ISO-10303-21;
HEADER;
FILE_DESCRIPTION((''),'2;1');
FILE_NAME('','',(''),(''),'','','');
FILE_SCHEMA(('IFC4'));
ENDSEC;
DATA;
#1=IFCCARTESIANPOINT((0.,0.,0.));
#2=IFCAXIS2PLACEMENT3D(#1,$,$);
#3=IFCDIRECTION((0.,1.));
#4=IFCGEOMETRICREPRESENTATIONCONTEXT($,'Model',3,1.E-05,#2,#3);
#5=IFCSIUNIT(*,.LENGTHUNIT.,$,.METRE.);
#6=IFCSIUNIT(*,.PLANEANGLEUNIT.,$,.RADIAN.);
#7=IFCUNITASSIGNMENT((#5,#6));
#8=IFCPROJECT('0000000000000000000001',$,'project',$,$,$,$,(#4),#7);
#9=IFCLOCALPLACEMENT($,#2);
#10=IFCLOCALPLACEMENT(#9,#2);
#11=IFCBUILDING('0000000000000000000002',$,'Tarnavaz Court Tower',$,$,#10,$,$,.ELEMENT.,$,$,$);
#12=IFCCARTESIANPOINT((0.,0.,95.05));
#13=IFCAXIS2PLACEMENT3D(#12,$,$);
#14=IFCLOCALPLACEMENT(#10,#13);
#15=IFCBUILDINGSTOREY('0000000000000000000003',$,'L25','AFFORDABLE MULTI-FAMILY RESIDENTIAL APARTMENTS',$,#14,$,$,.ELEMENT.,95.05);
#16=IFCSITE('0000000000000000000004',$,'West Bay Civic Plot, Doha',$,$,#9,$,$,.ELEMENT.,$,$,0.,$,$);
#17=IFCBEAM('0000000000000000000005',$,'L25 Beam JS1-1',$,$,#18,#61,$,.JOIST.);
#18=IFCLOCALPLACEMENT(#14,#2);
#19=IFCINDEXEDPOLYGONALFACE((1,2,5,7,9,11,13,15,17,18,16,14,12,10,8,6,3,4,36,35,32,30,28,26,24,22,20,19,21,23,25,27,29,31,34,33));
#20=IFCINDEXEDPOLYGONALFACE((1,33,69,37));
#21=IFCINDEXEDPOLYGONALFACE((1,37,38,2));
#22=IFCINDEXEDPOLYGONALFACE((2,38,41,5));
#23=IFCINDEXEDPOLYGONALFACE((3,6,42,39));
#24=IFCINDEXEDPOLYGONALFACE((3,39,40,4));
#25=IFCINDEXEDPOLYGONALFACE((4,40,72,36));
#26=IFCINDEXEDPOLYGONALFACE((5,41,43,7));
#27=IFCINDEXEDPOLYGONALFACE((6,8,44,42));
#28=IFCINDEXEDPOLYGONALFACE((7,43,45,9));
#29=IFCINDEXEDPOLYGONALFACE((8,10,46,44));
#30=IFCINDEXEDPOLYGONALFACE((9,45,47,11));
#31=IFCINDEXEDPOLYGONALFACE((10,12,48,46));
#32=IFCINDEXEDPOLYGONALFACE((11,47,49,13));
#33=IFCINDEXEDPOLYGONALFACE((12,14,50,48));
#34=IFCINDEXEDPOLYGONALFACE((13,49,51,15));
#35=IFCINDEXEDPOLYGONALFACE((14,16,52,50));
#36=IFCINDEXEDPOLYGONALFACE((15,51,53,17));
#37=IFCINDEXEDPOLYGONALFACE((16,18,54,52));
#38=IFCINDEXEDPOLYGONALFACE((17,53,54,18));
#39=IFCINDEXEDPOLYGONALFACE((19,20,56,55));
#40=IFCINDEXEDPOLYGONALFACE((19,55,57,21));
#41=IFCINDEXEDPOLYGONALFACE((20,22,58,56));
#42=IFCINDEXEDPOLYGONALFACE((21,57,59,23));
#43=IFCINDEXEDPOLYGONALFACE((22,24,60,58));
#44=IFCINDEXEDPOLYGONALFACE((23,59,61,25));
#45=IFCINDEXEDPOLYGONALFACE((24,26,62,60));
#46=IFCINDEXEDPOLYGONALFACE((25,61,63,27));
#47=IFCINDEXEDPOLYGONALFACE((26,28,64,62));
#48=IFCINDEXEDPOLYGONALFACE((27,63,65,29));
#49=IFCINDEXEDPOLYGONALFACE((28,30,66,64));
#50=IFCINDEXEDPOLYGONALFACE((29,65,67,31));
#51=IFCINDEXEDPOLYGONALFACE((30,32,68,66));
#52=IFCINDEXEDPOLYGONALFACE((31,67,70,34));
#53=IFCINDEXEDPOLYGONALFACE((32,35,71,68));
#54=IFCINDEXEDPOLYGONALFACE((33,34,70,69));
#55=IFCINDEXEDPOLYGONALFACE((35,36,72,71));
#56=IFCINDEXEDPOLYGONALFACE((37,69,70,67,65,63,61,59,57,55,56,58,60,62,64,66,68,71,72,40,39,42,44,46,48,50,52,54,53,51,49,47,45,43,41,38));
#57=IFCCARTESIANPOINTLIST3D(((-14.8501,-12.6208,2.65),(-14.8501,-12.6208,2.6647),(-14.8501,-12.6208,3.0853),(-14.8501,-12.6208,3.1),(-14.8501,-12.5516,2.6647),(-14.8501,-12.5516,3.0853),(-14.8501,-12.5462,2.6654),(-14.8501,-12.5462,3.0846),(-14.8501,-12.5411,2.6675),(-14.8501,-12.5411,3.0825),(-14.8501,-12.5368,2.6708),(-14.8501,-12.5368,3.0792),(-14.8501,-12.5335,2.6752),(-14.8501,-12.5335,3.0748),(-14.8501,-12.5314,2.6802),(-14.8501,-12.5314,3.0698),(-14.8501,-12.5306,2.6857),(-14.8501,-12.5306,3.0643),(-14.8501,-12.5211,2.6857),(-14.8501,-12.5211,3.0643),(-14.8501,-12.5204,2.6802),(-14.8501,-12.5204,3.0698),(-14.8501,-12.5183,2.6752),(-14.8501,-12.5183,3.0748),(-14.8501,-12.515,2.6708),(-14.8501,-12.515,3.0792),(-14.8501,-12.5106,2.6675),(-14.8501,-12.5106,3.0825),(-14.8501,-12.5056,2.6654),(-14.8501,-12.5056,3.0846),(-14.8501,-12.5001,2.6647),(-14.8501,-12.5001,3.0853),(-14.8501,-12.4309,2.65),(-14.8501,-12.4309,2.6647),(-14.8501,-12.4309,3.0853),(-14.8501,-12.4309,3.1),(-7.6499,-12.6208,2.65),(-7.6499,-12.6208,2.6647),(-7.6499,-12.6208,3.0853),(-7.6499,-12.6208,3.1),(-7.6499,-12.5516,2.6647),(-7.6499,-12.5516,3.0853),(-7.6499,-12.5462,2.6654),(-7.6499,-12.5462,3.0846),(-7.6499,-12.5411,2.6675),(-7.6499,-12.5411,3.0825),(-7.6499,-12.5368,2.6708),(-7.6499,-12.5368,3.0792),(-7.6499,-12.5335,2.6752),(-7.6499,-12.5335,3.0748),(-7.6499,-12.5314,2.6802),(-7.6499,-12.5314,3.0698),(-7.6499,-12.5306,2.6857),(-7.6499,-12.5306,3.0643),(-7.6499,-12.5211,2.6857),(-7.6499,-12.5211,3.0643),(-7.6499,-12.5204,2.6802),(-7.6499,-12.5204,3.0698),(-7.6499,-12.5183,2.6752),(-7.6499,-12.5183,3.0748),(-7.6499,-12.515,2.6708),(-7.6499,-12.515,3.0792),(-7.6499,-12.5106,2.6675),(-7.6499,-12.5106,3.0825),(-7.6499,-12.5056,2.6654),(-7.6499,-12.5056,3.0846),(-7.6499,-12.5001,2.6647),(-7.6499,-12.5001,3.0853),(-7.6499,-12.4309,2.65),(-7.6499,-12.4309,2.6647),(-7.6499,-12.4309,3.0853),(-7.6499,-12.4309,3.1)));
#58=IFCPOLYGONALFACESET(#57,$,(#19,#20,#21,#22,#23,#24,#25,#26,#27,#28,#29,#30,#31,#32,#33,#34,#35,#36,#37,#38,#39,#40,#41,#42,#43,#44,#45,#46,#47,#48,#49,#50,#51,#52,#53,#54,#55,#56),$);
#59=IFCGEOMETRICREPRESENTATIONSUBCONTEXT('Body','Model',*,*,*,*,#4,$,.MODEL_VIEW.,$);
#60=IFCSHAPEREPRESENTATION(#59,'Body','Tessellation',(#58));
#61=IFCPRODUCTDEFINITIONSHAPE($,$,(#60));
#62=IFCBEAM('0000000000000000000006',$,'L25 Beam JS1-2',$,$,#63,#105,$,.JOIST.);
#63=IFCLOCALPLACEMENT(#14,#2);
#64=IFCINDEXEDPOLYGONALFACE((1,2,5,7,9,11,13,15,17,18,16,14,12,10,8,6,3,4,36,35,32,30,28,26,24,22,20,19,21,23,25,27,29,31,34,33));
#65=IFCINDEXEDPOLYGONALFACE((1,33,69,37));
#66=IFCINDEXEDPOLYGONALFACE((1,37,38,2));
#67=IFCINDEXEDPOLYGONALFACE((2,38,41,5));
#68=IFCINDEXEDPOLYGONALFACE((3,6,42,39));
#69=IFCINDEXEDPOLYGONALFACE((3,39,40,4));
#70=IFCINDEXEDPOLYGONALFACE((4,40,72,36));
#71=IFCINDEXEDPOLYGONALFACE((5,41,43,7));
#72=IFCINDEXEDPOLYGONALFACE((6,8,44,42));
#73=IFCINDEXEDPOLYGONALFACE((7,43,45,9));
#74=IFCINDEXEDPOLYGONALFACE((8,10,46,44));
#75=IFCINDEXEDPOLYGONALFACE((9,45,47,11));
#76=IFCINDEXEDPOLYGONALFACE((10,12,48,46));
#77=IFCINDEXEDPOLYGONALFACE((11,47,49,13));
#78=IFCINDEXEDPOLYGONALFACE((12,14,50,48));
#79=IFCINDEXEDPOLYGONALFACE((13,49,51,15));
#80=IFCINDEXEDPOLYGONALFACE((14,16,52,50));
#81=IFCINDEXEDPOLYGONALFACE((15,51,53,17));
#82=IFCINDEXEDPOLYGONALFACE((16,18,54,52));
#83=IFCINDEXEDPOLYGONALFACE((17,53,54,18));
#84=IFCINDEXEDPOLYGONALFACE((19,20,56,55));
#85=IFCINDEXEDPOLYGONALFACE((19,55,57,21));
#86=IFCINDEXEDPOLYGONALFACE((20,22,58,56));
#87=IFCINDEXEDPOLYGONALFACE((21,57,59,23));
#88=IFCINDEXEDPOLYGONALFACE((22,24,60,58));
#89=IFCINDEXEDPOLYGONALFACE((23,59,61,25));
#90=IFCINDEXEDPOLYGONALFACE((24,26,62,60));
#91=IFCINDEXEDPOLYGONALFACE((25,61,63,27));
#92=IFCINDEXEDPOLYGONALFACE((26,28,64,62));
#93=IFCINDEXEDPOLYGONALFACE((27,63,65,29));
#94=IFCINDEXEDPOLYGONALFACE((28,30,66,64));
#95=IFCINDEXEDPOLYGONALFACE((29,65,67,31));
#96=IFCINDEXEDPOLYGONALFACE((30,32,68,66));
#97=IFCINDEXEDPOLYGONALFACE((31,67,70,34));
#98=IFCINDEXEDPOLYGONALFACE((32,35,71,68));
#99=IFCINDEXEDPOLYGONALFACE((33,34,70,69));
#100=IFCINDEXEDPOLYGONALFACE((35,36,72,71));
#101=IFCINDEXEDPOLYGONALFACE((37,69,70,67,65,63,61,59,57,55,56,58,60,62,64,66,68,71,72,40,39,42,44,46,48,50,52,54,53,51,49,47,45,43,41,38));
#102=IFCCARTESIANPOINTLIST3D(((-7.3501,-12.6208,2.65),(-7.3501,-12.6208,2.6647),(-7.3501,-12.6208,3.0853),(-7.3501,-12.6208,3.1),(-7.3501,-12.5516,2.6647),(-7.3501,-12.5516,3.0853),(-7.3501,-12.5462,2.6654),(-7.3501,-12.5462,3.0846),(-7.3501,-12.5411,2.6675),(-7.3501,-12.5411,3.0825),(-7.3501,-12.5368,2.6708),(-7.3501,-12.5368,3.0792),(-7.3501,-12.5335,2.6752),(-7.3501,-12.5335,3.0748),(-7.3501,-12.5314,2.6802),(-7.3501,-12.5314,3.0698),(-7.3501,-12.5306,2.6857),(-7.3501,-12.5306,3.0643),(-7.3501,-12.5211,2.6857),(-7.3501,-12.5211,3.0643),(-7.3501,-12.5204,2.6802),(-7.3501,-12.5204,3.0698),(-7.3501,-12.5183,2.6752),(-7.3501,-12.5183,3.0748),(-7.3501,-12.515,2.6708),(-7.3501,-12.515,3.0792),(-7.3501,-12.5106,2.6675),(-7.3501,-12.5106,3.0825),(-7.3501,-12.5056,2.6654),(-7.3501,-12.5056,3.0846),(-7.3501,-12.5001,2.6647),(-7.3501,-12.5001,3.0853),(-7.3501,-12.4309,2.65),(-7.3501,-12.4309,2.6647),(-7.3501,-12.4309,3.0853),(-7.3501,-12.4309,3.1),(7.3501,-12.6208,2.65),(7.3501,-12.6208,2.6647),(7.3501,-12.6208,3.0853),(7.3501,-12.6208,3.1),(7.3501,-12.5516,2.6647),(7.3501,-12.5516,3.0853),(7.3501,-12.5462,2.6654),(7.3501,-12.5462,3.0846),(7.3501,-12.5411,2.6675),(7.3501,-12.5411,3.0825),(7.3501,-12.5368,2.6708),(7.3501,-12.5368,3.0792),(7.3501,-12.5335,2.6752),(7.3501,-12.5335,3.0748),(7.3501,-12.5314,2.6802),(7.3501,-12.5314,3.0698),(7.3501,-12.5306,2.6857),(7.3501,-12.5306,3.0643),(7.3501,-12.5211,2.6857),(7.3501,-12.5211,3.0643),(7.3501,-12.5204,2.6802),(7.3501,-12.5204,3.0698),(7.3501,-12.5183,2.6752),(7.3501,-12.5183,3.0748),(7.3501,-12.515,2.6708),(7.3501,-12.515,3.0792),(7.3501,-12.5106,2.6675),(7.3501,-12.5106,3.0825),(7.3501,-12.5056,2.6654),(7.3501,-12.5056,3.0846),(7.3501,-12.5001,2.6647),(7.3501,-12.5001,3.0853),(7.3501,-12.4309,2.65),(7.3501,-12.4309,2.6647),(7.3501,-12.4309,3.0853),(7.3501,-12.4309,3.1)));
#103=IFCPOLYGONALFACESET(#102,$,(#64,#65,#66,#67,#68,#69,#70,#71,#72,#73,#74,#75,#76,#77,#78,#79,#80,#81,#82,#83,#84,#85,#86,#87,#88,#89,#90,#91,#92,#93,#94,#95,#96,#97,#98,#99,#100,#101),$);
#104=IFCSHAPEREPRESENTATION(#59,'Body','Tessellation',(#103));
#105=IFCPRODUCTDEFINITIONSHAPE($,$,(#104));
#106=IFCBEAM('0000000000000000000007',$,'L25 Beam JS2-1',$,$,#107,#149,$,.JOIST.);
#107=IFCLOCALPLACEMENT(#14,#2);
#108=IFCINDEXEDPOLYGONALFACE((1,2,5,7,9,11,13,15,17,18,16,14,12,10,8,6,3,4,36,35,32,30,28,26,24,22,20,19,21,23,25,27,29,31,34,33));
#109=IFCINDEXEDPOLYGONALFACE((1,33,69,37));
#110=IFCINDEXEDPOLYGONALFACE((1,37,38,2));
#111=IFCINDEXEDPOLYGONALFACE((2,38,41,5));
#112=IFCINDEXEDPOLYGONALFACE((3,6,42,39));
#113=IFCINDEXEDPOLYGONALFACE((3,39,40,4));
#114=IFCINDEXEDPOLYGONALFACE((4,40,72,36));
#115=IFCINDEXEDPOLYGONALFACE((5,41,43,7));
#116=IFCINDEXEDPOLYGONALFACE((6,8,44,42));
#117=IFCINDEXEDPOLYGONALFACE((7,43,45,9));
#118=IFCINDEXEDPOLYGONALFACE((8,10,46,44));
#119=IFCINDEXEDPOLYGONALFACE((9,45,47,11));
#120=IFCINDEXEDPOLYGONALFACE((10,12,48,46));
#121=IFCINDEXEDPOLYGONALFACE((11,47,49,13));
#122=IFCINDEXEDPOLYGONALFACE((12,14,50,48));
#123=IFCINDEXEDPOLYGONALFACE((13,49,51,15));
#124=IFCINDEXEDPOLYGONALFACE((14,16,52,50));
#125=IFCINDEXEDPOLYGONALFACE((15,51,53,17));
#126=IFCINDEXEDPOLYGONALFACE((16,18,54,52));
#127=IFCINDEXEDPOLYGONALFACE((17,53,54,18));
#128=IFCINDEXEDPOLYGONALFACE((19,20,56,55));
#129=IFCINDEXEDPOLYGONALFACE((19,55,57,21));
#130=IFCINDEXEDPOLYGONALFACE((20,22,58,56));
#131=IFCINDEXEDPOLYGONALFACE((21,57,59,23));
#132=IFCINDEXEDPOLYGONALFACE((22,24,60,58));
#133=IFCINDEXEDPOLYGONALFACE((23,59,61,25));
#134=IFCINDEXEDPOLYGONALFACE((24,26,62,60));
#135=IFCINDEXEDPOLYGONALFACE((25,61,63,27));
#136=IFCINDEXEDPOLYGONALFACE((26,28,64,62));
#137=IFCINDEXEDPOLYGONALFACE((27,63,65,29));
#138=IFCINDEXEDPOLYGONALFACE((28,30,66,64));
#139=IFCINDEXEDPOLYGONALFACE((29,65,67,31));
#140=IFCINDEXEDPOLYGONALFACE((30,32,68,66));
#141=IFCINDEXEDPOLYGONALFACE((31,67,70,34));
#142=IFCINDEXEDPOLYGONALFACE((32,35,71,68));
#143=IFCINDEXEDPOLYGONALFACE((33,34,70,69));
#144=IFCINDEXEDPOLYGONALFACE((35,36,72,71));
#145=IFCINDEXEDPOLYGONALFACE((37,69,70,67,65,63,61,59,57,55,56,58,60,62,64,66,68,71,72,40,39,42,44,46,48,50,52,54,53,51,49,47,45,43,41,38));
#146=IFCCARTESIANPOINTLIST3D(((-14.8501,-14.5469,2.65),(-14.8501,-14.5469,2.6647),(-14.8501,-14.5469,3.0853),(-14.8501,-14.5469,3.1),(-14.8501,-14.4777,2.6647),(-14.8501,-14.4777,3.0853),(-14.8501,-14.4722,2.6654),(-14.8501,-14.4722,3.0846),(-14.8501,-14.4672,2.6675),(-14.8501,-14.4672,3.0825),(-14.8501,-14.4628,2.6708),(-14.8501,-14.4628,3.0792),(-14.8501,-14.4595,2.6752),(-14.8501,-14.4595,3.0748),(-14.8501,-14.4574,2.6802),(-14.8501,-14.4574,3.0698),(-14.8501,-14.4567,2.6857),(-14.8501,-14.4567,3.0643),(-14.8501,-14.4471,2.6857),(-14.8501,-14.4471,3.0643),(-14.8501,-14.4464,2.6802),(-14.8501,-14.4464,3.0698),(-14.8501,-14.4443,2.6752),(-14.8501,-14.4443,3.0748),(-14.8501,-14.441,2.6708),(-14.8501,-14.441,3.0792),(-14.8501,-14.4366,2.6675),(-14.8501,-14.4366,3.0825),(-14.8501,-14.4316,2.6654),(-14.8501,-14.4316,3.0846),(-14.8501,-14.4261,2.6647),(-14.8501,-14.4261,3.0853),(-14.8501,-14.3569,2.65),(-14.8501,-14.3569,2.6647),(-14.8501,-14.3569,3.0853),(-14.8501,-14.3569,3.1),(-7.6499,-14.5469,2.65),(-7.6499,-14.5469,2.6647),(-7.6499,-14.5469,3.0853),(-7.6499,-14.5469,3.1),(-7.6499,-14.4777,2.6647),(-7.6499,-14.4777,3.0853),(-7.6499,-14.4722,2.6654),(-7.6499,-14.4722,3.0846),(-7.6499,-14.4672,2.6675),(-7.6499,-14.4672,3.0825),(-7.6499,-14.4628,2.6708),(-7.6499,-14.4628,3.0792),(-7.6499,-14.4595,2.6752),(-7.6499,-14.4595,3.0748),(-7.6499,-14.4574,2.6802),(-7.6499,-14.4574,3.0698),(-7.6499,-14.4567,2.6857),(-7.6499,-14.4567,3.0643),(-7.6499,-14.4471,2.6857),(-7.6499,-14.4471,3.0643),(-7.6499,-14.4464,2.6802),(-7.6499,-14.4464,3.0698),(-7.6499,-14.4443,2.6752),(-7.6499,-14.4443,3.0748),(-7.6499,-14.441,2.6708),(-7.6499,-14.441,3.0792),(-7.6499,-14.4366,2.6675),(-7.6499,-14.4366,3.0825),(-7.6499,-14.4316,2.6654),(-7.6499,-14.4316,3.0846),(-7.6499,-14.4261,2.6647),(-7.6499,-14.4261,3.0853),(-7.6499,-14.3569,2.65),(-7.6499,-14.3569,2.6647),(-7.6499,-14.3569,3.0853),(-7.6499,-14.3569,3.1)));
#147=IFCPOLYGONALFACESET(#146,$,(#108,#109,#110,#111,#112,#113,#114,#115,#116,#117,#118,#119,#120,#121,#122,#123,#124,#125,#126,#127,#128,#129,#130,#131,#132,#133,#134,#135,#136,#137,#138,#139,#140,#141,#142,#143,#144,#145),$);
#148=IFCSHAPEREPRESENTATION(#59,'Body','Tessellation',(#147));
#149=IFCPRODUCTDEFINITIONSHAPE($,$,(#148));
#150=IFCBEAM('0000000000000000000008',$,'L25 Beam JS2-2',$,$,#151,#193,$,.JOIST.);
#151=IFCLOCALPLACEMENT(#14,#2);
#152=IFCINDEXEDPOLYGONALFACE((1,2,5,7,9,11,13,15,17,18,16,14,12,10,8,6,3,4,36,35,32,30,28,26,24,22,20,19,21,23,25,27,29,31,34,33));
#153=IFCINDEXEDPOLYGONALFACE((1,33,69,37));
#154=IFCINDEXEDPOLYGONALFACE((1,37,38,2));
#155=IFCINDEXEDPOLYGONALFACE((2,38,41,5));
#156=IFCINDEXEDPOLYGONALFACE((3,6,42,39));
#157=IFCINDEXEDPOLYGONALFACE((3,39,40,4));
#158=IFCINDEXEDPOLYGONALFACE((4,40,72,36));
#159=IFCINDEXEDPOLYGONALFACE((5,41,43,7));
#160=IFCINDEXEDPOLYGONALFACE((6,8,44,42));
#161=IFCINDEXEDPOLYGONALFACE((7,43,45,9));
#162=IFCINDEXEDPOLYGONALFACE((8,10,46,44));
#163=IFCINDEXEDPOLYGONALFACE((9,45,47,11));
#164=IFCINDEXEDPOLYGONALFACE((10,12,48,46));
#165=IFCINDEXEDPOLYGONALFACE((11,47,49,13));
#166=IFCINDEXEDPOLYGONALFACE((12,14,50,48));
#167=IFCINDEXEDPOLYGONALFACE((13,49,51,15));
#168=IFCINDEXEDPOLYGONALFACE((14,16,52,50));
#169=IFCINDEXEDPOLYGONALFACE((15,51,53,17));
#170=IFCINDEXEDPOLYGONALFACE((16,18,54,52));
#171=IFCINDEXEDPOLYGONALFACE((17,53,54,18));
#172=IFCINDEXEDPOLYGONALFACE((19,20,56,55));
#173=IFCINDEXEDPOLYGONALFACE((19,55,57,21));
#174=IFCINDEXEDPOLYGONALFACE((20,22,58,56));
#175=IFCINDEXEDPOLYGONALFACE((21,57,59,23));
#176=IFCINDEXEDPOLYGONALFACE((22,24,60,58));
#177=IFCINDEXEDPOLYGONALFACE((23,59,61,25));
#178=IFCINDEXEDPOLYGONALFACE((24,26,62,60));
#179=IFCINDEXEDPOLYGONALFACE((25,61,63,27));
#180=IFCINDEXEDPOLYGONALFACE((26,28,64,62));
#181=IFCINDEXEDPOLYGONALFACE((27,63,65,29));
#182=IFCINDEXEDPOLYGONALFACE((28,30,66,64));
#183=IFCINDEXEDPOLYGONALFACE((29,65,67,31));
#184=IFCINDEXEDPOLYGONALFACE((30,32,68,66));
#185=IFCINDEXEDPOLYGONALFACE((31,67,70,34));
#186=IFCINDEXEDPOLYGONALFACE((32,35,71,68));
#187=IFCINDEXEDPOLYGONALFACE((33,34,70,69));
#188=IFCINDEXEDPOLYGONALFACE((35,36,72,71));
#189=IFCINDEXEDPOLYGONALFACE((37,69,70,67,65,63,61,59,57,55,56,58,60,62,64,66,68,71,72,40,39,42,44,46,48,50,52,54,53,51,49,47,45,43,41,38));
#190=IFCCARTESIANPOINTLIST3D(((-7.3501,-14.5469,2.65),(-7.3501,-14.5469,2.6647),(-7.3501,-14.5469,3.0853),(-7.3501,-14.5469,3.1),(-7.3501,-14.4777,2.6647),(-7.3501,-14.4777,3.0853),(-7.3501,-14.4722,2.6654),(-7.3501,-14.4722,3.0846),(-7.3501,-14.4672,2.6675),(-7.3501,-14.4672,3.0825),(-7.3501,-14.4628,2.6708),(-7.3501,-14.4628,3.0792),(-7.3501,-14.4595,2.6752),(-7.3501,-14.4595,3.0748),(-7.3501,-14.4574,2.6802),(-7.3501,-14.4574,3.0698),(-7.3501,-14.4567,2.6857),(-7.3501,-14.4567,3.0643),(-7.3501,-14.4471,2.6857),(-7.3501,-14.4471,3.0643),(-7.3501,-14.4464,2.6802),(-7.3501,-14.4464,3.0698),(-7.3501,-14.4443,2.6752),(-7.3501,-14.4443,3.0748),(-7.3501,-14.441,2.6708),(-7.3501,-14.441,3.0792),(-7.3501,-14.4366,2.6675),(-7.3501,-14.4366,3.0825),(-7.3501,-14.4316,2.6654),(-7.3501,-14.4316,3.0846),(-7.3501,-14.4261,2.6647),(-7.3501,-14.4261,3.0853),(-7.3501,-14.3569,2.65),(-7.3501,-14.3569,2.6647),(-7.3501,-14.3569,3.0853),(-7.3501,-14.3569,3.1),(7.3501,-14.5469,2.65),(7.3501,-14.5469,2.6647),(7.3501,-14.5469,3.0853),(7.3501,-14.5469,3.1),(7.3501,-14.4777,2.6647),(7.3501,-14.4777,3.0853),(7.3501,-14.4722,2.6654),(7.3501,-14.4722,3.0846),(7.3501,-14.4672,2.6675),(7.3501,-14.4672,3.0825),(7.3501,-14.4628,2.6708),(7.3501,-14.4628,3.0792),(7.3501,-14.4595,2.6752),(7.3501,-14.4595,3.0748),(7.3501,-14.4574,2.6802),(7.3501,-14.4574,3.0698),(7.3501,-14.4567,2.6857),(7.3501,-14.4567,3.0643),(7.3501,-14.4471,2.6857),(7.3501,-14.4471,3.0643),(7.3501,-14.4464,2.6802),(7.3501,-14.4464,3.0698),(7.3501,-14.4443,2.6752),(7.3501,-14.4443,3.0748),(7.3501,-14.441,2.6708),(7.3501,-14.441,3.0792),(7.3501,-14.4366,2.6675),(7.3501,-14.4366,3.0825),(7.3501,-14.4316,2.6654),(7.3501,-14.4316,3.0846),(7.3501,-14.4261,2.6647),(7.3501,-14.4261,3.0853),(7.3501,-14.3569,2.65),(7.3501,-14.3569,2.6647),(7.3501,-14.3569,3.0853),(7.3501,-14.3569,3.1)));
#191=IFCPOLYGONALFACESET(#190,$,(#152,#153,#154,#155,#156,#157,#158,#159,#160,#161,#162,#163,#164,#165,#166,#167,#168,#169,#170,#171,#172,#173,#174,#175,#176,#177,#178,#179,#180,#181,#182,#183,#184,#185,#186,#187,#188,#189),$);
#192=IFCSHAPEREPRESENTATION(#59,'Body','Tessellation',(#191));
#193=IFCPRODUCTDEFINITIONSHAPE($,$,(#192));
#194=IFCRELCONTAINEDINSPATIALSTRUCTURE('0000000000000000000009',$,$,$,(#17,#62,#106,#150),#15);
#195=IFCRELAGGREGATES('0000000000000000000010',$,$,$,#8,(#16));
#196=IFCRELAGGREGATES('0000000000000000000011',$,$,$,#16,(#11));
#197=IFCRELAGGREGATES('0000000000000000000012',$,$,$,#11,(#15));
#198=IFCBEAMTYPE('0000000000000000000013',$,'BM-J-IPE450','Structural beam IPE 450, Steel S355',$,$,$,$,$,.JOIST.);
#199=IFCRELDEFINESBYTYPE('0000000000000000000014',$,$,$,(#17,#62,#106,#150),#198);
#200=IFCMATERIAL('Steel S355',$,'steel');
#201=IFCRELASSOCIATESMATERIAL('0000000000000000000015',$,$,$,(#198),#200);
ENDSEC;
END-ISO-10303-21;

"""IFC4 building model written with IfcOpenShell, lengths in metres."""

from ifc_helpers import new_model, si_unit, direction, frame, origin, origin_2d, place, context, subcontext, project, spatial, i_section, extrude, material, material_profile, profile_set, type_object, element, save


model = new_model("IFC4")

# Units and contexts
model_context = context("Model", 3, precision=1e-05, world=origin(), true_north=direction((0.0, 1.0)))
body_context = subcontext(model_context, "Body", "Model", "MODEL_VIEW")
ifc_project = project(units=[si_unit("LENGTHUNIT", "METRE"), si_unit("PLANEANGLEUNIT", "RADIAN")], contexts=[model_context])

# Site, building, storey
site_placement = place(None, origin())
site = spatial("IfcSite", under=ifc_project, at=site_placement, Name="West Bay Civic Plot, Doha", CompositionType="ELEMENT", RefElevation=0.0)
building_placement = place(site_placement, origin())
building = spatial("IfcBuilding", under=site, at=building_placement, Name="Tarnavaz Court Tower", CompositionType="ELEMENT")
storey_placement = place(building_placement, frame((0.0, 0.0, 95.05)))
storey = spatial("IfcBuildingStorey", under=building, at=storey_placement, Name="L25", Description="AFFORDABLE MULTI-FAMILY RESIDENTIAL APARTMENTS", CompositionType="ELEMENT", Elevation=95.05)

# Beams
ifc_material_1 = material(Name="Steel S355", Category="steel")
ifc_material_profile_1 = material_profile(ifc_material_1, i_section(OverallWidth=0.1899, OverallDepth=0.45, WebThickness=0.0095, FlangeThickness=0.0146, FilletRadius=0.021, at=origin_2d()), Name="IPE 450")
ifc_profile_set_1 = profile_set([ifc_material_profile_1], Name="Steel S355")
beam_type_1 = type_object("IfcBeamType", Name="BM-J-IPE450", Description="Structural beam IPE 450, Steel S355", PredefinedType="JOIST", material=ifc_profile_set_1)
beam_1_placement = place(storey_placement, frame((-14.8501, -12.5259, 2.875), z_axis=(1.0, 0.0, 0.0), x_axis=(0.0, 1.0, 0.0)))
element("IfcBeam", 1, at=beam_1_placement, inside=storey, type_object=beam_type_1, Name="L25 Beam JS1-1", PredefinedType="JOIST", context=body_context, shape_type="SweptSolid", body=[
    extrude(i_section(OverallWidth=0.1899, OverallDepth=0.45, WebThickness=0.0095, FlangeThickness=0.0146, FilletRadius=0.021, at=origin_2d()), origin(), (0.0, 0.0, 1.0), 7.2002),
])
beam_2_placement = place(storey_placement, frame((-7.3501, -12.5259, 2.875), z_axis=(1.0, 0.0, 0.0), x_axis=(0.0, 1.0, 0.0)))
element("IfcBeam", 2, at=beam_2_placement, inside=storey, type_object=beam_type_1, Name="L25 Beam JS1-2", PredefinedType="JOIST", context=body_context, shape_type="SweptSolid", body=[
    extrude(i_section(OverallWidth=0.1899, OverallDepth=0.45, WebThickness=0.0095, FlangeThickness=0.0146, FilletRadius=0.021, at=origin_2d()), origin(), (0.0, 0.0, 1.0), 14.7002),
])
beam_3_placement = place(storey_placement, frame((-14.8501, -14.4519, 2.875), z_axis=(1.0, 0.0, 0.0), x_axis=(0.0, 1.0, 0.0)))
element("IfcBeam", 3, at=beam_3_placement, inside=storey, type_object=beam_type_1, Name="L25 Beam JS2-1", PredefinedType="JOIST", context=body_context, shape_type="SweptSolid", body=[
    extrude(i_section(OverallWidth=0.1899, OverallDepth=0.45, WebThickness=0.0095, FlangeThickness=0.0146, FilletRadius=0.021, at=origin_2d()), origin(), (0.0, 0.0, 1.0), 7.2002),
])
for number, where, z_axis, x_axis, name in (
    (4, (-7.3501, -14.4519, 2.875), (1.0, 0.0, 0.0), (0.0, 1.0, 0.0), "L25 Beam JS2-2"),
):
    element("IfcBeam", number, at=place(storey_placement, frame(where, z_axis=z_axis, x_axis=x_axis)), inside=storey, type_object=beam_type_1, Name=name, PredefinedType="JOIST", context=body_context, shape_type="SweptSolid", body=[
        extrude(i_section(OverallWidth=0.1899, OverallDepth=0.45, WebThickness=0.0095, FlangeThickness=0.0146, FilletRadius=0.021, at=origin_2d()), origin(), (0.0, 0.0, 1.0), 14.7002),
    ])

save(model, "model.ifc")
